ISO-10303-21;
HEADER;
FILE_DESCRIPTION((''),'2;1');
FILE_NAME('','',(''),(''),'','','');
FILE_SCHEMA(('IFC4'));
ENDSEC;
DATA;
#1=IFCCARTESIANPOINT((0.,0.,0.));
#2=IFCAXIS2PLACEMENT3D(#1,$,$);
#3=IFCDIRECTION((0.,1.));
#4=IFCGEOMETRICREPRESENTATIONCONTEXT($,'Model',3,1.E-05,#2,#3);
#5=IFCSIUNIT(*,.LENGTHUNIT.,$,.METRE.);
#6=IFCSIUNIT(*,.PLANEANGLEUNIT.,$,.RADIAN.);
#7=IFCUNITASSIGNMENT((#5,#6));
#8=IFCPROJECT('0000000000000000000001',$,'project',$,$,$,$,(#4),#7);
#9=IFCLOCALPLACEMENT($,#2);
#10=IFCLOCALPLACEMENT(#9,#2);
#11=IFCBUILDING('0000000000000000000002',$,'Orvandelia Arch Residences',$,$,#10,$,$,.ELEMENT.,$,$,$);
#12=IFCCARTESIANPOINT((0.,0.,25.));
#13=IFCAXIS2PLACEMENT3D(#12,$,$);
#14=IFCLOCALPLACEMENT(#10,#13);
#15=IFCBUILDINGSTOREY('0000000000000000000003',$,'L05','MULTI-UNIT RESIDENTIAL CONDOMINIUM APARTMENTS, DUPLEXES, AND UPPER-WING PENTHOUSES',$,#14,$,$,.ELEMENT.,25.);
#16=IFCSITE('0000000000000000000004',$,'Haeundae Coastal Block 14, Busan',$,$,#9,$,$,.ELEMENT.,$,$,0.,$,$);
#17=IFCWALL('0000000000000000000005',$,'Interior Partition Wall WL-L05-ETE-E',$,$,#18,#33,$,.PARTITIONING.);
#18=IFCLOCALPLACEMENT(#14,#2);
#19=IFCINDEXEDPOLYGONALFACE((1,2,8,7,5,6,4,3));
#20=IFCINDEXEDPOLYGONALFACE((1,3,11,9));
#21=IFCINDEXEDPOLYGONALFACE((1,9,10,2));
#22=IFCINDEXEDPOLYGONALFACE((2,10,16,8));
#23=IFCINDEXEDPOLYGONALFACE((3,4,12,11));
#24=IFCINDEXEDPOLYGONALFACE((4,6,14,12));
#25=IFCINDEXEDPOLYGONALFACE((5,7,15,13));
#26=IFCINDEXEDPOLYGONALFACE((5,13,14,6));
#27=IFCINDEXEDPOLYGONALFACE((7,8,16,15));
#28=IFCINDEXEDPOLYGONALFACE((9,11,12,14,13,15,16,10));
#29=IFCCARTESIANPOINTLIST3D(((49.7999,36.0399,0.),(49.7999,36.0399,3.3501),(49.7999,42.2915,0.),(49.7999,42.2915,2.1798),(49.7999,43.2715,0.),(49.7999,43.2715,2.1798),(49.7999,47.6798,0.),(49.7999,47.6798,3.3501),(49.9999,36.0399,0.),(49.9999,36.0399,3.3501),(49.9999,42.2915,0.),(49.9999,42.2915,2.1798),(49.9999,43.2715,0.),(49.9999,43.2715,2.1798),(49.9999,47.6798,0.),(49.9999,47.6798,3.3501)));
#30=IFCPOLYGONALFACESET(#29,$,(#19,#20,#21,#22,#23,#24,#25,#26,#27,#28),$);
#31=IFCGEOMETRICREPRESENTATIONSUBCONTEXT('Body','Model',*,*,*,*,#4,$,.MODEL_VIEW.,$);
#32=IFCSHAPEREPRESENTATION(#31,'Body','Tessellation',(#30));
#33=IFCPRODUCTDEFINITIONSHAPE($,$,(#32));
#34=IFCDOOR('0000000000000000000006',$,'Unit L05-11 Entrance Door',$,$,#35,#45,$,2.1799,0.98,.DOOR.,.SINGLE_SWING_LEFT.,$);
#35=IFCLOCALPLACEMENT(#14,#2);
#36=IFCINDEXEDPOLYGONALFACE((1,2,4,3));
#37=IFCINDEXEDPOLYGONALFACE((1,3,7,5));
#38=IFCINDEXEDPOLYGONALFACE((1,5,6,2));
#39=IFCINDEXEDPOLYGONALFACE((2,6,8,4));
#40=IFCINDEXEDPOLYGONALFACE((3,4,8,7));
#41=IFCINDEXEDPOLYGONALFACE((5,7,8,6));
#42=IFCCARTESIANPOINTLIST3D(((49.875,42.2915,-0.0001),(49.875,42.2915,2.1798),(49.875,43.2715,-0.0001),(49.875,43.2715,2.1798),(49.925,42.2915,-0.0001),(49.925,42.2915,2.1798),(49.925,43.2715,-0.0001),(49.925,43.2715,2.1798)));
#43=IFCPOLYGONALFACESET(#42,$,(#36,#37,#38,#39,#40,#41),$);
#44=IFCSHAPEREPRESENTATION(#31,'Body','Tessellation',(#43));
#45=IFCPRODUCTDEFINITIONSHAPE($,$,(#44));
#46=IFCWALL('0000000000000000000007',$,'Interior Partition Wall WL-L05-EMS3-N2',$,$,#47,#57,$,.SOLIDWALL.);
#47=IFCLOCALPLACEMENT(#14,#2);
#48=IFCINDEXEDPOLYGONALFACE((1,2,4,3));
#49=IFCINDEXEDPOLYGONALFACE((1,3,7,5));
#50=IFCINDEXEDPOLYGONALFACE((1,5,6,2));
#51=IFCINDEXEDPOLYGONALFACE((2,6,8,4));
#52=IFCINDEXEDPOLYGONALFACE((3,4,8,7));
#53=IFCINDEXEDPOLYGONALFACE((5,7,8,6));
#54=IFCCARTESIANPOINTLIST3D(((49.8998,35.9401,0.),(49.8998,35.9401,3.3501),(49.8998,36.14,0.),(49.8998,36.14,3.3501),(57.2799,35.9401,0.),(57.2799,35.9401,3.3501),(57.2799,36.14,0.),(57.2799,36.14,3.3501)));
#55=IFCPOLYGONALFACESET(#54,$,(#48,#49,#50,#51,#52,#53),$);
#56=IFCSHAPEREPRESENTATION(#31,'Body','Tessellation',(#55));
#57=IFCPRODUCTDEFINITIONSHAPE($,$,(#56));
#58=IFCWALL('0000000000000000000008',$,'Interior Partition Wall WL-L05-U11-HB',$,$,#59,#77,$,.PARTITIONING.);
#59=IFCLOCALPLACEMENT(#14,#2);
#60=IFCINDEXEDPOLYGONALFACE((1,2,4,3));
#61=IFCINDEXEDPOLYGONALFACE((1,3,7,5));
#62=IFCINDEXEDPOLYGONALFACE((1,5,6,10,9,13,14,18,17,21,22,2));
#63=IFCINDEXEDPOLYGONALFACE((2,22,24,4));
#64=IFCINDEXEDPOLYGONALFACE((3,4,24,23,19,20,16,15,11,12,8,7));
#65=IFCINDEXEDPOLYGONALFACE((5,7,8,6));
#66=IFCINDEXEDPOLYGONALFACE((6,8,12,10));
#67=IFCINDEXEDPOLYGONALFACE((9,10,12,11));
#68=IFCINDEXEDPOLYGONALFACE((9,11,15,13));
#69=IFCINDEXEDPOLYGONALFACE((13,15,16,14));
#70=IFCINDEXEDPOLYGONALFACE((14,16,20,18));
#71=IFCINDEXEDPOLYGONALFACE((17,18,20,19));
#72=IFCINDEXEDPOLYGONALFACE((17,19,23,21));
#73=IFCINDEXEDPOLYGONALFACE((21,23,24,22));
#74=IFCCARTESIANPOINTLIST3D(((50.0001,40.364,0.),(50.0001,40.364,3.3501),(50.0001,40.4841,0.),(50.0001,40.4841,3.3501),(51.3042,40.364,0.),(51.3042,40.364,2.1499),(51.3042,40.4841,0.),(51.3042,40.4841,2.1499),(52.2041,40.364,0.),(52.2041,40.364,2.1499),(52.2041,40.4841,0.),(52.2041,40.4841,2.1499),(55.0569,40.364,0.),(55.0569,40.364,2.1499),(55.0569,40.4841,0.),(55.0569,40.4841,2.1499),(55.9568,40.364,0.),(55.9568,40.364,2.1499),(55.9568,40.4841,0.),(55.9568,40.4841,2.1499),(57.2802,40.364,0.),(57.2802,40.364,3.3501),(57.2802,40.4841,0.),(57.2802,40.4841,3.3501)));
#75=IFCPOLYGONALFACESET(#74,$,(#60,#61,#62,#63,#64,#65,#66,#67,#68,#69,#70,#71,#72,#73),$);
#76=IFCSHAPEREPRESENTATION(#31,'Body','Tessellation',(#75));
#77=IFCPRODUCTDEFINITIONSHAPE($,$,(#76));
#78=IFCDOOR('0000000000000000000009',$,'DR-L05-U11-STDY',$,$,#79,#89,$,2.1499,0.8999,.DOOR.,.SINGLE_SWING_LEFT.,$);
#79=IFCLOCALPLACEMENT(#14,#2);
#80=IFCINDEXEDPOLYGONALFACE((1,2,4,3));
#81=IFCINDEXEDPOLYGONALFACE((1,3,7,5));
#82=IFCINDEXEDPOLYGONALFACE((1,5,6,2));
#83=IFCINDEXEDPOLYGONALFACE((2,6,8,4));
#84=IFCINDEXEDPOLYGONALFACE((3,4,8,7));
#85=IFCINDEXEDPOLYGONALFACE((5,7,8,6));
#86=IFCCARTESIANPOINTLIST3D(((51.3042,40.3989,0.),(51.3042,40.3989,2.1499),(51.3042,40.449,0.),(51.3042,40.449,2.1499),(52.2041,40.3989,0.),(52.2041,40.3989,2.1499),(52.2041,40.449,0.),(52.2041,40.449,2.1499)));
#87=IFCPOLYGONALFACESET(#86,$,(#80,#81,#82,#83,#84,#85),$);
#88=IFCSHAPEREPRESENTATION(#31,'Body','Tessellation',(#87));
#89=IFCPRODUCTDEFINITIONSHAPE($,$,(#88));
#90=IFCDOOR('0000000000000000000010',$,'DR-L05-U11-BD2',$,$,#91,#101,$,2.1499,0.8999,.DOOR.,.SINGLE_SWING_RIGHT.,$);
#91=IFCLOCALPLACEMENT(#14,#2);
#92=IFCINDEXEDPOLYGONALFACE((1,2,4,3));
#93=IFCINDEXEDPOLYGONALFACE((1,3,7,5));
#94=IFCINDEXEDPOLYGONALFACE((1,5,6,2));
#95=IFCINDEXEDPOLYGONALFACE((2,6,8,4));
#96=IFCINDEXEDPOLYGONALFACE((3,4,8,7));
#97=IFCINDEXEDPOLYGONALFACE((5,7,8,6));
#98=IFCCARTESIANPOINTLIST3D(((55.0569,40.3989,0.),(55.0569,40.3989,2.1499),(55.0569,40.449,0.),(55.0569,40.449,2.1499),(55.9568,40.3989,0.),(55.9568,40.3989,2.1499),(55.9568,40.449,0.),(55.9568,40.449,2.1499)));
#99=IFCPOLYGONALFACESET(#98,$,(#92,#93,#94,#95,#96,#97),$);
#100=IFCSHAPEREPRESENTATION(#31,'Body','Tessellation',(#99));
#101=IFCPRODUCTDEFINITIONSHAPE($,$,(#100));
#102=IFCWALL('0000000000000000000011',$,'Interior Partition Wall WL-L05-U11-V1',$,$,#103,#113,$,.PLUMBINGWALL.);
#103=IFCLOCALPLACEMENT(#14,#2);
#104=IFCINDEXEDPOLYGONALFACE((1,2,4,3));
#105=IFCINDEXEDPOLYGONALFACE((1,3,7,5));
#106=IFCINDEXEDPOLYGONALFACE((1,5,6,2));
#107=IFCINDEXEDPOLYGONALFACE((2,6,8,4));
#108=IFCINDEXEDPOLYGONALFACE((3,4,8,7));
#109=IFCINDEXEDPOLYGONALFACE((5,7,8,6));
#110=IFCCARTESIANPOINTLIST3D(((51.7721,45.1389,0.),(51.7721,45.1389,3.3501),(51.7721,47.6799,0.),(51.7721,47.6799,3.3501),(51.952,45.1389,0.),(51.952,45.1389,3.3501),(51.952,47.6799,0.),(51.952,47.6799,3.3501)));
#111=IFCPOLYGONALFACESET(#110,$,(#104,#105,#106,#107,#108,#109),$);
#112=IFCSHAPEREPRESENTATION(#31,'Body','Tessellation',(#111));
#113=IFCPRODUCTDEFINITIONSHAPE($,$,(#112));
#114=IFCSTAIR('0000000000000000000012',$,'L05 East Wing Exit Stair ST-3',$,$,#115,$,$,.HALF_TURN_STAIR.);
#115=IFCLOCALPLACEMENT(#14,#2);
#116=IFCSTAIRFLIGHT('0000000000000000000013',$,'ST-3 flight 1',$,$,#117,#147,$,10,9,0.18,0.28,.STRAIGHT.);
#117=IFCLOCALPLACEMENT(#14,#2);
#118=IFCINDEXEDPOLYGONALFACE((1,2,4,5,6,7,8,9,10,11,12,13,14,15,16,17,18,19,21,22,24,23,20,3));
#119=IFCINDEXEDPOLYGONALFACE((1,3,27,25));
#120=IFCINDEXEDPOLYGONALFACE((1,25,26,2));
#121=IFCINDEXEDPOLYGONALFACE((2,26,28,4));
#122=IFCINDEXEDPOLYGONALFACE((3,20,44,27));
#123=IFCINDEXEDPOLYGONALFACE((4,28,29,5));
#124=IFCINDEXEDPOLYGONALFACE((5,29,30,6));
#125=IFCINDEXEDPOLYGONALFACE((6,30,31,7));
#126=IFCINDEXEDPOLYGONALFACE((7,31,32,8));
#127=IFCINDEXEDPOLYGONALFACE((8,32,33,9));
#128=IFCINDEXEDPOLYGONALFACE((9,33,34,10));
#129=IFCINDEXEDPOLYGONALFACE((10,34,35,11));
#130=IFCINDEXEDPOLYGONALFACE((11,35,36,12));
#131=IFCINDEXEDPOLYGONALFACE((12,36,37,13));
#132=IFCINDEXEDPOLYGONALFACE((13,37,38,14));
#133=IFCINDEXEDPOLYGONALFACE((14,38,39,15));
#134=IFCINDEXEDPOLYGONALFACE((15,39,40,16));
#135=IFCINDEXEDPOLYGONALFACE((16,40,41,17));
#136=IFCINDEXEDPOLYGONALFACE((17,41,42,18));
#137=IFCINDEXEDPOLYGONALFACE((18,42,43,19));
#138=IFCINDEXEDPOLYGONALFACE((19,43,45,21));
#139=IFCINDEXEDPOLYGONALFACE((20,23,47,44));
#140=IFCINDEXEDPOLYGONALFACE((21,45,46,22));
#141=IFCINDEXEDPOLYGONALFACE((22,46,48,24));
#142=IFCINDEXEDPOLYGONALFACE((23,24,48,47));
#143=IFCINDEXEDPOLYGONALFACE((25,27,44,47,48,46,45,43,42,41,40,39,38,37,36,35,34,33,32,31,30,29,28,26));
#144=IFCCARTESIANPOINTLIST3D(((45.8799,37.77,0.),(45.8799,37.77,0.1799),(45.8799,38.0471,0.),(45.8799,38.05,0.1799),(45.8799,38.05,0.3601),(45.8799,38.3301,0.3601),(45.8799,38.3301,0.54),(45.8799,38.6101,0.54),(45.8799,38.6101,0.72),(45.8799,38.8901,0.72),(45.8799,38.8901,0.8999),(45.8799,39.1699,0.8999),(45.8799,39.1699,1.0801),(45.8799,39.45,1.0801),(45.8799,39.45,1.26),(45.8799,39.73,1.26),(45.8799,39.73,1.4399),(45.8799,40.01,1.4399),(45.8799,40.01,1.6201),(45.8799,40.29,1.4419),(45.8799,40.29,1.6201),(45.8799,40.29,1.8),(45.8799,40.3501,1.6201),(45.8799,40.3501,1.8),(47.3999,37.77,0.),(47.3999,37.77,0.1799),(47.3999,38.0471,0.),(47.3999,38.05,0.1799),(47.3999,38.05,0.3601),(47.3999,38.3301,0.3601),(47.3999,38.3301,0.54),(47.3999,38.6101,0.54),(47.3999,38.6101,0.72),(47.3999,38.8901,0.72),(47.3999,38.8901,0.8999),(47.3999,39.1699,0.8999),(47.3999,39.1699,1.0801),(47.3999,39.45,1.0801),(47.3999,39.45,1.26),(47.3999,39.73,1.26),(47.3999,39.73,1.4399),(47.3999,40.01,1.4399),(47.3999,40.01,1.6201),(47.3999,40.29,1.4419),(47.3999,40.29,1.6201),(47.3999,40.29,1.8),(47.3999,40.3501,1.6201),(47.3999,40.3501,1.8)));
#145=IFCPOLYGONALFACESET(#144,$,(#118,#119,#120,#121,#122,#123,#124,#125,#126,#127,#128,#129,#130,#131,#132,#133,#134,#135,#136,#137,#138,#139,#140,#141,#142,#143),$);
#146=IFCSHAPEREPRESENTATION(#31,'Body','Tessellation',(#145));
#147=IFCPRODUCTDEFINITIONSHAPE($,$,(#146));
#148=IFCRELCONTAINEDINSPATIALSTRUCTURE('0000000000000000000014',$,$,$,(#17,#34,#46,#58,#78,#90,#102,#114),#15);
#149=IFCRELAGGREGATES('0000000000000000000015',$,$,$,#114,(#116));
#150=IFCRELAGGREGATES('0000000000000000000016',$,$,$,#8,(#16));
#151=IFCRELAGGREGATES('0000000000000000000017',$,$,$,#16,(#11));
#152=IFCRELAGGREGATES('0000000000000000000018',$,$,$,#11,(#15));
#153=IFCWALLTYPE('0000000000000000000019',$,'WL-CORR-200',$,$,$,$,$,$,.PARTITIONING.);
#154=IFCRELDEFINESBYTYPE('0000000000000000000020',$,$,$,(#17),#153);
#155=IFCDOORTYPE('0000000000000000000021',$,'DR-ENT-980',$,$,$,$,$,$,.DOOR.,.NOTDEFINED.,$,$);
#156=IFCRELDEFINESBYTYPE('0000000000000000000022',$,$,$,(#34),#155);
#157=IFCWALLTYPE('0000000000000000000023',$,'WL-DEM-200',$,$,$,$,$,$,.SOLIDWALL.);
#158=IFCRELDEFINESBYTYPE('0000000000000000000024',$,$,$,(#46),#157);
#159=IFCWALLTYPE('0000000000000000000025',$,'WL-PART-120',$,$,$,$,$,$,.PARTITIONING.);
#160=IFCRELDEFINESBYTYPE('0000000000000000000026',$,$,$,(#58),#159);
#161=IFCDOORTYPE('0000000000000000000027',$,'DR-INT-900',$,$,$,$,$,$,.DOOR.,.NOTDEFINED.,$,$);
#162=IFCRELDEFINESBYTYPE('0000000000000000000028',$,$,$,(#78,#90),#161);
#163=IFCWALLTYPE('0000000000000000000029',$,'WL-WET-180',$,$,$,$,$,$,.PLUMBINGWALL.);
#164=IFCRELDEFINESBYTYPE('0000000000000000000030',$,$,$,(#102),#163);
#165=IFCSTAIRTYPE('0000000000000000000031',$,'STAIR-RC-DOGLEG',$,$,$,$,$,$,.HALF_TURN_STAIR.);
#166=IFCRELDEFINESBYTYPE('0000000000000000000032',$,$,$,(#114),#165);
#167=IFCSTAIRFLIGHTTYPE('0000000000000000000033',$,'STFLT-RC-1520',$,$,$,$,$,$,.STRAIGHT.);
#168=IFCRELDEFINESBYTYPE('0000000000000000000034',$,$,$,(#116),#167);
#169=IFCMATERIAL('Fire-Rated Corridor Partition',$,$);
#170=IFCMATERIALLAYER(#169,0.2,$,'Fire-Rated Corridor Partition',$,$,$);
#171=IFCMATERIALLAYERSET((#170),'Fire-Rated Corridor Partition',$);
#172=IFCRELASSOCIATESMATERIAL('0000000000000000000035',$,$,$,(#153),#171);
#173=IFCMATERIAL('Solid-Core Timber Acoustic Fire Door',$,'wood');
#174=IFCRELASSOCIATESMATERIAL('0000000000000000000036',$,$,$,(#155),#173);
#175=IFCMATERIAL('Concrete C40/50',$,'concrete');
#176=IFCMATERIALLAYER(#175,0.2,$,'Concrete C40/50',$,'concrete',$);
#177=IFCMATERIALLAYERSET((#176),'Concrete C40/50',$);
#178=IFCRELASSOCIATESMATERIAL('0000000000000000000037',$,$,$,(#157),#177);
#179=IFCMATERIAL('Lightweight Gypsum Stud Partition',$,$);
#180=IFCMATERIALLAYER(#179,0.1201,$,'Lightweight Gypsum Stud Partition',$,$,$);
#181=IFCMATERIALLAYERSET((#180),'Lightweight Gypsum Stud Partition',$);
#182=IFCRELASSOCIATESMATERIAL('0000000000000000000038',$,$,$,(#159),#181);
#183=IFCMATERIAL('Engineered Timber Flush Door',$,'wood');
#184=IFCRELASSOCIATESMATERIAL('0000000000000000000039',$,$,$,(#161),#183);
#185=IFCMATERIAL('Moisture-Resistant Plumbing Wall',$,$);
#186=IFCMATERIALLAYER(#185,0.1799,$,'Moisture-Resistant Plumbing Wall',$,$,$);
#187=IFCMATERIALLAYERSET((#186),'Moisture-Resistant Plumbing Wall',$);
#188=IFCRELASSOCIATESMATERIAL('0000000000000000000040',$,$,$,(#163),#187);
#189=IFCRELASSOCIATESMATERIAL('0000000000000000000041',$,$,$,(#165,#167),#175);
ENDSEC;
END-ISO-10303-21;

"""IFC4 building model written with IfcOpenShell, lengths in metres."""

from ifc_helpers import new_model, si_unit, direction, frame, frame_2d, origin, place, context, subcontext, project, spatial, polyline, rectangle, outline, extrude, material, layer, layer_set, type_object, element, fill, aggregate, save


model = new_model("IFC4")

# Units and contexts
model_context = context("Model", 3, precision=1e-05, world=origin(), true_north=direction((0.0, 1.0)))
body_context = subcontext(model_context, "Body", "Model", "MODEL_VIEW")
ifc_project = project(units=[si_unit("LENGTHUNIT", "METRE"), si_unit("PLANEANGLEUNIT", "RADIAN")], contexts=[model_context])

# Site, building, storey
site_placement = place(None, origin())
site = spatial("IfcSite", under=ifc_project, at=site_placement, Name="Haeundae Coastal Block 14, Busan", CompositionType="ELEMENT", RefElevation=0.0)
building_placement = place(site_placement, origin())
building = spatial("IfcBuilding", under=site, at=building_placement, Name="Orvandelia Arch Residences", CompositionType="ELEMENT")
storey_placement = place(building_placement, frame((0.0, 0.0, 25.0)))
storey = spatial("IfcBuildingStorey", under=building, at=storey_placement, Name="L05", Description="MULTI-UNIT RESIDENTIAL CONDOMINIUM APARTMENTS, DUPLEXES, AND UPPER-WING PENTHOUSES", CompositionType="ELEMENT", Elevation=25.0)

# Wall, opening, door
ifc_material_1 = material(Name="Fire-Rated Corridor Partition")
ifc_layer_1 = layer(ifc_material_1, 0.2, Name="Fire-Rated Corridor Partition")
ifc_layer_set_1 = layer_set([ifc_layer_1], Name="Fire-Rated Corridor Partition")
wall_type_1 = type_object("IfcWallType", Name="WL-CORR-200", PredefinedType="PARTITIONING", material=ifc_layer_set_1)
wall_1_placement = place(storey_placement, frame((49.8999, 36.04, 0.0), z_axis=(0.0, 0.0, 1.0), x_axis=(0.0, 1.0, 0.0)))
wall_1 = element("IfcWall", 1, at=wall_1_placement, inside=storey, type_object=wall_type_1, Name="Interior Partition Wall WL-L05-ETE-E", PredefinedType="PARTITIONING", context=body_context, shape_type="SweptSolid", body=[
    extrude(rectangle(XDim=11.6399, YDim=0.2, at=frame_2d((5.8198, 0.0))), origin(), (0.0, 0.0, 1.0), 3.3501),
])
opening_1_placement = place(wall_1_placement, frame((6.2515, 0.0, 0.0)))
opening_1 = element("IfcOpeningElement", 2, at=opening_1_placement, cuts=wall_1, PredefinedType="OPENING", context=body_context, shape_type="SweptSolid", body=[
    extrude(rectangle(XDim=0.98, YDim=2.1799, at=frame_2d((0.49, 1.0898))), frame((0.0, 0.1099, 0.0), z_axis=(0.0, -1.0, 0.0), x_axis=(1.0, 0.0, 0.0)), (0.0, 0.0, 1.0), 0.22),
])
ifc_material_2 = material(Name="Solid-Core Timber Acoustic Fire Door", Category="wood")
door_type_1 = type_object("IfcDoorType", Name="DR-ENT-980", OperationType="NOTDEFINED", PredefinedType="DOOR", material=ifc_material_2)
door_1_placement = place(opening_1_placement, origin())
door_1 = element("IfcDoor", 3, at=door_1_placement, inside=storey, type_object=door_type_1, Name="Unit L05-11 Entrance Door", OperationType="SINGLE_SWING_LEFT", OverallHeight=2.1799, OverallWidth=0.98, PredefinedType="DOOR", context=body_context, shape_type="SweptSolid", body=[
    extrude(rectangle(XDim=0.98, YDim=2.1799, at=frame_2d((0.49, 1.0898))), frame((0.0, 0.0249, 0.0), z_axis=(0.0, -1.0, 0.0), x_axis=(1.0, 0.0, 0.0)), (0.0, 0.0, 1.0), 0.05),
])
fill(opening_1, door_1)

# Wall
ifc_material_3 = material(Name="Concrete C40/50", Category="concrete")
ifc_layer_2 = layer(ifc_material_3, 0.2, Name="Concrete C40/50", Category="concrete")
ifc_layer_set_2 = layer_set([ifc_layer_2], Name="Concrete C40/50")
wall_type_2 = type_object("IfcWallType", Name="WL-DEM-200", PredefinedType="SOLIDWALL", material=ifc_layer_set_2)
wall_2_placement = place(storey_placement, frame((49.8999, 36.04, 0.0), z_axis=(0.0, 0.0, 1.0), x_axis=(1.0, 0.0, 0.0)))
element("IfcWall", 4, at=wall_2_placement, inside=storey, type_object=wall_type_2, Name="Interior Partition Wall WL-L05-EMS3-N2", PredefinedType="SOLIDWALL", context=body_context, shape_type="SweptSolid", body=[
    extrude(rectangle(XDim=7.3801, YDim=0.2, at=frame_2d((3.6899, 0.0))), origin(), (0.0, 0.0, 1.0), 3.3501),
])

# Wall, openings, doors
ifc_material_4 = material(Name="Lightweight Gypsum Stud Partition")
ifc_layer_3 = layer(ifc_material_4, 0.1201, Name="Lightweight Gypsum Stud Partition")
ifc_layer_set_3 = layer_set([ifc_layer_3], Name="Lightweight Gypsum Stud Partition")
wall_type_3 = type_object("IfcWallType", Name="WL-PART-120", PredefinedType="PARTITIONING", material=ifc_layer_set_3)
wall_3_placement = place(storey_placement, frame((50.0, 40.4241, 0.0), z_axis=(0.0, 0.0, 1.0), x_axis=(1.0, 0.0, 0.0)))
wall_3 = element("IfcWall", 5, at=wall_3_placement, inside=storey, type_object=wall_type_3, Name="Interior Partition Wall WL-L05-U11-HB", PredefinedType="PARTITIONING", context=body_context, shape_type="SweptSolid", body=[
    extrude(rectangle(XDim=7.28, YDim=0.1201, at=frame_2d((3.6401, 0.0))), origin(), (0.0, 0.0, 1.0), 3.3501),
])
opening_2_placement = place(wall_3_placement, frame((1.3042, 0.0, 0.0)))
opening_2 = element("IfcOpeningElement", 6, at=opening_2_placement, cuts=wall_3, PredefinedType="OPENING", context=body_context, shape_type="SweptSolid", body=[
    extrude(rectangle(XDim=0.8999, YDim=2.1499, at=frame_2d((0.45, 1.075))), frame((0.0, 0.0701, 0.0), z_axis=(0.0, -1.0, 0.0), x_axis=(1.0, 0.0, 0.0)), (0.0, 0.0, 1.0), 0.1401),
])
opening_3_placement = place(wall_3_placement, frame((5.0569, 0.0, 0.0)))
opening_3 = element("IfcOpeningElement", 7, at=opening_3_placement, cuts=wall_3, PredefinedType="OPENING", context=body_context, shape_type="SweptSolid", body=[
    extrude(rectangle(XDim=0.8999, YDim=2.1499, at=frame_2d((0.45, 1.075))), frame((0.0, 0.0701, 0.0), z_axis=(0.0, -1.0, 0.0), x_axis=(1.0, 0.0, 0.0)), (0.0, 0.0, 1.0), 0.1401),
])
ifc_material_5 = material(Name="Engineered Timber Flush Door", Category="wood")
door_type_2 = type_object("IfcDoorType", Name="DR-INT-900", OperationType="NOTDEFINED", PredefinedType="DOOR", material=ifc_material_5)
door_2_placement = place(opening_2_placement, origin())
door_2 = element("IfcDoor", 8, at=door_2_placement, inside=storey, type_object=door_type_2, Name="DR-L05-U11-STDY", OperationType="SINGLE_SWING_LEFT", OverallHeight=2.1499, OverallWidth=0.8999, PredefinedType="DOOR", context=body_context, shape_type="SweptSolid", body=[
    extrude(rectangle(XDim=0.8999, YDim=2.1499, at=frame_2d((0.45, 1.075))), frame((0.0, 0.0249, 0.0), z_axis=(0.0, -1.0, 0.0), x_axis=(1.0, 0.0, 0.0)), (0.0, 0.0, 1.0), 0.05),
])
fill(opening_2, door_2)
door_3_placement = place(opening_3_placement, origin())
door_3 = element("IfcDoor", 9, at=door_3_placement, inside=storey, type_object=door_type_2, Name="DR-L05-U11-BD2", OperationType="SINGLE_SWING_RIGHT", OverallHeight=2.1499, OverallWidth=0.8999, PredefinedType="DOOR", context=body_context, shape_type="SweptSolid", body=[
    extrude(rectangle(XDim=0.8999, YDim=2.1499, at=frame_2d((0.45, 1.075))), frame((0.0, 0.0249, 0.0), z_axis=(0.0, -1.0, 0.0), x_axis=(1.0, 0.0, 0.0)), (0.0, 0.0, 1.0), 0.05),
])
fill(opening_3, door_3)
ifc_material_6 = material(Name="Moisture-Resistant Plumbing Wall")
ifc_layer_4 = layer(ifc_material_6, 0.1799, Name="Moisture-Resistant Plumbing Wall")
ifc_layer_set_4 = layer_set([ifc_layer_4], Name="Moisture-Resistant Plumbing Wall")
wall_type_4 = type_object("IfcWallType", Name="WL-WET-180", PredefinedType="PLUMBINGWALL", material=ifc_layer_set_4)

# Wall
wall_4_placement = place(storey_placement, frame((51.8621, 45.1389, 0.0), z_axis=(0.0, 0.0, 1.0), x_axis=(0.0, 1.0, 0.0)))
element("IfcWall", 10, at=wall_4_placement, inside=storey, type_object=wall_type_4, Name="Interior Partition Wall WL-L05-U11-V1", PredefinedType="PLUMBINGWALL", context=body_context, shape_type="SweptSolid", body=[
    extrude(rectangle(XDim=2.541, YDim=0.1799, at=frame_2d((1.2705, 0.0))), origin(), (0.0, 0.0, 1.0), 3.3501),
])

# Stair, stair flight
stair_type = type_object("IfcStairType", Name="STAIR-RC-DOGLEG", PredefinedType="HALF_TURN_STAIR", material=ifc_material_3)
stair_placement = place(storey_placement, origin())
stair = element("IfcStair", 11, at=stair_placement, inside=storey, type_object=stair_type, Name="L05 East Wing Exit Stair ST-3", PredefinedType="HALF_TURN_STAIR")
stair_flight_type = type_object("IfcStairFlightType", Name="STFLT-RC-1520", PredefinedType="STRAIGHT", material=ifc_material_3)
stair_flight_placement = place(storey_placement, frame((46.6399, 37.77, 0.0), z_axis=(0.0, 0.0, 1.0), x_axis=(0.0, 1.0, 0.0)))
stair_flight = element("IfcStairFlight", 12, at=stair_flight_placement, type_object=stair_flight_type, Name="ST-3 flight 1", NumberOfRisers=10, NumberOfTreads=9, PredefinedType="STRAIGHT", RiserHeight=0.18, TreadLength=0.28, context=body_context, shape_type="SweptSolid", body=[
    extrude(outline(polyline([(0.0, 0.0), (0.0, 0.1799), (0.28, 0.1799), (0.28, 0.3601), (0.5601, 0.3601), (0.5601, 0.54), (0.8401, 0.54), (0.8401, 0.72), (1.1201, 0.72), (1.1201, 0.8999), (1.3999, 0.8999), (1.3999, 1.0801), (1.6799, 1.0801), (1.6799, 1.26), (1.96, 1.26), (1.96, 1.4399), (2.24, 1.4399), (2.24, 1.6201), (2.52, 1.6201), (2.52, 1.8), (2.5801, 1.8), (2.5801, 1.6201), (2.52, 1.4419), (0.2771, 0.0), (0.0, 0.0)])), frame((0.0, 0.76, 0.0), z_axis=(0.0, -1.0, 0.0), x_axis=(1.0, 0.0, 0.0)), (0.0, 0.0, 1.0), 1.52),
])
aggregate(stair, [stair_flight])

save(model, "model.ifc")
